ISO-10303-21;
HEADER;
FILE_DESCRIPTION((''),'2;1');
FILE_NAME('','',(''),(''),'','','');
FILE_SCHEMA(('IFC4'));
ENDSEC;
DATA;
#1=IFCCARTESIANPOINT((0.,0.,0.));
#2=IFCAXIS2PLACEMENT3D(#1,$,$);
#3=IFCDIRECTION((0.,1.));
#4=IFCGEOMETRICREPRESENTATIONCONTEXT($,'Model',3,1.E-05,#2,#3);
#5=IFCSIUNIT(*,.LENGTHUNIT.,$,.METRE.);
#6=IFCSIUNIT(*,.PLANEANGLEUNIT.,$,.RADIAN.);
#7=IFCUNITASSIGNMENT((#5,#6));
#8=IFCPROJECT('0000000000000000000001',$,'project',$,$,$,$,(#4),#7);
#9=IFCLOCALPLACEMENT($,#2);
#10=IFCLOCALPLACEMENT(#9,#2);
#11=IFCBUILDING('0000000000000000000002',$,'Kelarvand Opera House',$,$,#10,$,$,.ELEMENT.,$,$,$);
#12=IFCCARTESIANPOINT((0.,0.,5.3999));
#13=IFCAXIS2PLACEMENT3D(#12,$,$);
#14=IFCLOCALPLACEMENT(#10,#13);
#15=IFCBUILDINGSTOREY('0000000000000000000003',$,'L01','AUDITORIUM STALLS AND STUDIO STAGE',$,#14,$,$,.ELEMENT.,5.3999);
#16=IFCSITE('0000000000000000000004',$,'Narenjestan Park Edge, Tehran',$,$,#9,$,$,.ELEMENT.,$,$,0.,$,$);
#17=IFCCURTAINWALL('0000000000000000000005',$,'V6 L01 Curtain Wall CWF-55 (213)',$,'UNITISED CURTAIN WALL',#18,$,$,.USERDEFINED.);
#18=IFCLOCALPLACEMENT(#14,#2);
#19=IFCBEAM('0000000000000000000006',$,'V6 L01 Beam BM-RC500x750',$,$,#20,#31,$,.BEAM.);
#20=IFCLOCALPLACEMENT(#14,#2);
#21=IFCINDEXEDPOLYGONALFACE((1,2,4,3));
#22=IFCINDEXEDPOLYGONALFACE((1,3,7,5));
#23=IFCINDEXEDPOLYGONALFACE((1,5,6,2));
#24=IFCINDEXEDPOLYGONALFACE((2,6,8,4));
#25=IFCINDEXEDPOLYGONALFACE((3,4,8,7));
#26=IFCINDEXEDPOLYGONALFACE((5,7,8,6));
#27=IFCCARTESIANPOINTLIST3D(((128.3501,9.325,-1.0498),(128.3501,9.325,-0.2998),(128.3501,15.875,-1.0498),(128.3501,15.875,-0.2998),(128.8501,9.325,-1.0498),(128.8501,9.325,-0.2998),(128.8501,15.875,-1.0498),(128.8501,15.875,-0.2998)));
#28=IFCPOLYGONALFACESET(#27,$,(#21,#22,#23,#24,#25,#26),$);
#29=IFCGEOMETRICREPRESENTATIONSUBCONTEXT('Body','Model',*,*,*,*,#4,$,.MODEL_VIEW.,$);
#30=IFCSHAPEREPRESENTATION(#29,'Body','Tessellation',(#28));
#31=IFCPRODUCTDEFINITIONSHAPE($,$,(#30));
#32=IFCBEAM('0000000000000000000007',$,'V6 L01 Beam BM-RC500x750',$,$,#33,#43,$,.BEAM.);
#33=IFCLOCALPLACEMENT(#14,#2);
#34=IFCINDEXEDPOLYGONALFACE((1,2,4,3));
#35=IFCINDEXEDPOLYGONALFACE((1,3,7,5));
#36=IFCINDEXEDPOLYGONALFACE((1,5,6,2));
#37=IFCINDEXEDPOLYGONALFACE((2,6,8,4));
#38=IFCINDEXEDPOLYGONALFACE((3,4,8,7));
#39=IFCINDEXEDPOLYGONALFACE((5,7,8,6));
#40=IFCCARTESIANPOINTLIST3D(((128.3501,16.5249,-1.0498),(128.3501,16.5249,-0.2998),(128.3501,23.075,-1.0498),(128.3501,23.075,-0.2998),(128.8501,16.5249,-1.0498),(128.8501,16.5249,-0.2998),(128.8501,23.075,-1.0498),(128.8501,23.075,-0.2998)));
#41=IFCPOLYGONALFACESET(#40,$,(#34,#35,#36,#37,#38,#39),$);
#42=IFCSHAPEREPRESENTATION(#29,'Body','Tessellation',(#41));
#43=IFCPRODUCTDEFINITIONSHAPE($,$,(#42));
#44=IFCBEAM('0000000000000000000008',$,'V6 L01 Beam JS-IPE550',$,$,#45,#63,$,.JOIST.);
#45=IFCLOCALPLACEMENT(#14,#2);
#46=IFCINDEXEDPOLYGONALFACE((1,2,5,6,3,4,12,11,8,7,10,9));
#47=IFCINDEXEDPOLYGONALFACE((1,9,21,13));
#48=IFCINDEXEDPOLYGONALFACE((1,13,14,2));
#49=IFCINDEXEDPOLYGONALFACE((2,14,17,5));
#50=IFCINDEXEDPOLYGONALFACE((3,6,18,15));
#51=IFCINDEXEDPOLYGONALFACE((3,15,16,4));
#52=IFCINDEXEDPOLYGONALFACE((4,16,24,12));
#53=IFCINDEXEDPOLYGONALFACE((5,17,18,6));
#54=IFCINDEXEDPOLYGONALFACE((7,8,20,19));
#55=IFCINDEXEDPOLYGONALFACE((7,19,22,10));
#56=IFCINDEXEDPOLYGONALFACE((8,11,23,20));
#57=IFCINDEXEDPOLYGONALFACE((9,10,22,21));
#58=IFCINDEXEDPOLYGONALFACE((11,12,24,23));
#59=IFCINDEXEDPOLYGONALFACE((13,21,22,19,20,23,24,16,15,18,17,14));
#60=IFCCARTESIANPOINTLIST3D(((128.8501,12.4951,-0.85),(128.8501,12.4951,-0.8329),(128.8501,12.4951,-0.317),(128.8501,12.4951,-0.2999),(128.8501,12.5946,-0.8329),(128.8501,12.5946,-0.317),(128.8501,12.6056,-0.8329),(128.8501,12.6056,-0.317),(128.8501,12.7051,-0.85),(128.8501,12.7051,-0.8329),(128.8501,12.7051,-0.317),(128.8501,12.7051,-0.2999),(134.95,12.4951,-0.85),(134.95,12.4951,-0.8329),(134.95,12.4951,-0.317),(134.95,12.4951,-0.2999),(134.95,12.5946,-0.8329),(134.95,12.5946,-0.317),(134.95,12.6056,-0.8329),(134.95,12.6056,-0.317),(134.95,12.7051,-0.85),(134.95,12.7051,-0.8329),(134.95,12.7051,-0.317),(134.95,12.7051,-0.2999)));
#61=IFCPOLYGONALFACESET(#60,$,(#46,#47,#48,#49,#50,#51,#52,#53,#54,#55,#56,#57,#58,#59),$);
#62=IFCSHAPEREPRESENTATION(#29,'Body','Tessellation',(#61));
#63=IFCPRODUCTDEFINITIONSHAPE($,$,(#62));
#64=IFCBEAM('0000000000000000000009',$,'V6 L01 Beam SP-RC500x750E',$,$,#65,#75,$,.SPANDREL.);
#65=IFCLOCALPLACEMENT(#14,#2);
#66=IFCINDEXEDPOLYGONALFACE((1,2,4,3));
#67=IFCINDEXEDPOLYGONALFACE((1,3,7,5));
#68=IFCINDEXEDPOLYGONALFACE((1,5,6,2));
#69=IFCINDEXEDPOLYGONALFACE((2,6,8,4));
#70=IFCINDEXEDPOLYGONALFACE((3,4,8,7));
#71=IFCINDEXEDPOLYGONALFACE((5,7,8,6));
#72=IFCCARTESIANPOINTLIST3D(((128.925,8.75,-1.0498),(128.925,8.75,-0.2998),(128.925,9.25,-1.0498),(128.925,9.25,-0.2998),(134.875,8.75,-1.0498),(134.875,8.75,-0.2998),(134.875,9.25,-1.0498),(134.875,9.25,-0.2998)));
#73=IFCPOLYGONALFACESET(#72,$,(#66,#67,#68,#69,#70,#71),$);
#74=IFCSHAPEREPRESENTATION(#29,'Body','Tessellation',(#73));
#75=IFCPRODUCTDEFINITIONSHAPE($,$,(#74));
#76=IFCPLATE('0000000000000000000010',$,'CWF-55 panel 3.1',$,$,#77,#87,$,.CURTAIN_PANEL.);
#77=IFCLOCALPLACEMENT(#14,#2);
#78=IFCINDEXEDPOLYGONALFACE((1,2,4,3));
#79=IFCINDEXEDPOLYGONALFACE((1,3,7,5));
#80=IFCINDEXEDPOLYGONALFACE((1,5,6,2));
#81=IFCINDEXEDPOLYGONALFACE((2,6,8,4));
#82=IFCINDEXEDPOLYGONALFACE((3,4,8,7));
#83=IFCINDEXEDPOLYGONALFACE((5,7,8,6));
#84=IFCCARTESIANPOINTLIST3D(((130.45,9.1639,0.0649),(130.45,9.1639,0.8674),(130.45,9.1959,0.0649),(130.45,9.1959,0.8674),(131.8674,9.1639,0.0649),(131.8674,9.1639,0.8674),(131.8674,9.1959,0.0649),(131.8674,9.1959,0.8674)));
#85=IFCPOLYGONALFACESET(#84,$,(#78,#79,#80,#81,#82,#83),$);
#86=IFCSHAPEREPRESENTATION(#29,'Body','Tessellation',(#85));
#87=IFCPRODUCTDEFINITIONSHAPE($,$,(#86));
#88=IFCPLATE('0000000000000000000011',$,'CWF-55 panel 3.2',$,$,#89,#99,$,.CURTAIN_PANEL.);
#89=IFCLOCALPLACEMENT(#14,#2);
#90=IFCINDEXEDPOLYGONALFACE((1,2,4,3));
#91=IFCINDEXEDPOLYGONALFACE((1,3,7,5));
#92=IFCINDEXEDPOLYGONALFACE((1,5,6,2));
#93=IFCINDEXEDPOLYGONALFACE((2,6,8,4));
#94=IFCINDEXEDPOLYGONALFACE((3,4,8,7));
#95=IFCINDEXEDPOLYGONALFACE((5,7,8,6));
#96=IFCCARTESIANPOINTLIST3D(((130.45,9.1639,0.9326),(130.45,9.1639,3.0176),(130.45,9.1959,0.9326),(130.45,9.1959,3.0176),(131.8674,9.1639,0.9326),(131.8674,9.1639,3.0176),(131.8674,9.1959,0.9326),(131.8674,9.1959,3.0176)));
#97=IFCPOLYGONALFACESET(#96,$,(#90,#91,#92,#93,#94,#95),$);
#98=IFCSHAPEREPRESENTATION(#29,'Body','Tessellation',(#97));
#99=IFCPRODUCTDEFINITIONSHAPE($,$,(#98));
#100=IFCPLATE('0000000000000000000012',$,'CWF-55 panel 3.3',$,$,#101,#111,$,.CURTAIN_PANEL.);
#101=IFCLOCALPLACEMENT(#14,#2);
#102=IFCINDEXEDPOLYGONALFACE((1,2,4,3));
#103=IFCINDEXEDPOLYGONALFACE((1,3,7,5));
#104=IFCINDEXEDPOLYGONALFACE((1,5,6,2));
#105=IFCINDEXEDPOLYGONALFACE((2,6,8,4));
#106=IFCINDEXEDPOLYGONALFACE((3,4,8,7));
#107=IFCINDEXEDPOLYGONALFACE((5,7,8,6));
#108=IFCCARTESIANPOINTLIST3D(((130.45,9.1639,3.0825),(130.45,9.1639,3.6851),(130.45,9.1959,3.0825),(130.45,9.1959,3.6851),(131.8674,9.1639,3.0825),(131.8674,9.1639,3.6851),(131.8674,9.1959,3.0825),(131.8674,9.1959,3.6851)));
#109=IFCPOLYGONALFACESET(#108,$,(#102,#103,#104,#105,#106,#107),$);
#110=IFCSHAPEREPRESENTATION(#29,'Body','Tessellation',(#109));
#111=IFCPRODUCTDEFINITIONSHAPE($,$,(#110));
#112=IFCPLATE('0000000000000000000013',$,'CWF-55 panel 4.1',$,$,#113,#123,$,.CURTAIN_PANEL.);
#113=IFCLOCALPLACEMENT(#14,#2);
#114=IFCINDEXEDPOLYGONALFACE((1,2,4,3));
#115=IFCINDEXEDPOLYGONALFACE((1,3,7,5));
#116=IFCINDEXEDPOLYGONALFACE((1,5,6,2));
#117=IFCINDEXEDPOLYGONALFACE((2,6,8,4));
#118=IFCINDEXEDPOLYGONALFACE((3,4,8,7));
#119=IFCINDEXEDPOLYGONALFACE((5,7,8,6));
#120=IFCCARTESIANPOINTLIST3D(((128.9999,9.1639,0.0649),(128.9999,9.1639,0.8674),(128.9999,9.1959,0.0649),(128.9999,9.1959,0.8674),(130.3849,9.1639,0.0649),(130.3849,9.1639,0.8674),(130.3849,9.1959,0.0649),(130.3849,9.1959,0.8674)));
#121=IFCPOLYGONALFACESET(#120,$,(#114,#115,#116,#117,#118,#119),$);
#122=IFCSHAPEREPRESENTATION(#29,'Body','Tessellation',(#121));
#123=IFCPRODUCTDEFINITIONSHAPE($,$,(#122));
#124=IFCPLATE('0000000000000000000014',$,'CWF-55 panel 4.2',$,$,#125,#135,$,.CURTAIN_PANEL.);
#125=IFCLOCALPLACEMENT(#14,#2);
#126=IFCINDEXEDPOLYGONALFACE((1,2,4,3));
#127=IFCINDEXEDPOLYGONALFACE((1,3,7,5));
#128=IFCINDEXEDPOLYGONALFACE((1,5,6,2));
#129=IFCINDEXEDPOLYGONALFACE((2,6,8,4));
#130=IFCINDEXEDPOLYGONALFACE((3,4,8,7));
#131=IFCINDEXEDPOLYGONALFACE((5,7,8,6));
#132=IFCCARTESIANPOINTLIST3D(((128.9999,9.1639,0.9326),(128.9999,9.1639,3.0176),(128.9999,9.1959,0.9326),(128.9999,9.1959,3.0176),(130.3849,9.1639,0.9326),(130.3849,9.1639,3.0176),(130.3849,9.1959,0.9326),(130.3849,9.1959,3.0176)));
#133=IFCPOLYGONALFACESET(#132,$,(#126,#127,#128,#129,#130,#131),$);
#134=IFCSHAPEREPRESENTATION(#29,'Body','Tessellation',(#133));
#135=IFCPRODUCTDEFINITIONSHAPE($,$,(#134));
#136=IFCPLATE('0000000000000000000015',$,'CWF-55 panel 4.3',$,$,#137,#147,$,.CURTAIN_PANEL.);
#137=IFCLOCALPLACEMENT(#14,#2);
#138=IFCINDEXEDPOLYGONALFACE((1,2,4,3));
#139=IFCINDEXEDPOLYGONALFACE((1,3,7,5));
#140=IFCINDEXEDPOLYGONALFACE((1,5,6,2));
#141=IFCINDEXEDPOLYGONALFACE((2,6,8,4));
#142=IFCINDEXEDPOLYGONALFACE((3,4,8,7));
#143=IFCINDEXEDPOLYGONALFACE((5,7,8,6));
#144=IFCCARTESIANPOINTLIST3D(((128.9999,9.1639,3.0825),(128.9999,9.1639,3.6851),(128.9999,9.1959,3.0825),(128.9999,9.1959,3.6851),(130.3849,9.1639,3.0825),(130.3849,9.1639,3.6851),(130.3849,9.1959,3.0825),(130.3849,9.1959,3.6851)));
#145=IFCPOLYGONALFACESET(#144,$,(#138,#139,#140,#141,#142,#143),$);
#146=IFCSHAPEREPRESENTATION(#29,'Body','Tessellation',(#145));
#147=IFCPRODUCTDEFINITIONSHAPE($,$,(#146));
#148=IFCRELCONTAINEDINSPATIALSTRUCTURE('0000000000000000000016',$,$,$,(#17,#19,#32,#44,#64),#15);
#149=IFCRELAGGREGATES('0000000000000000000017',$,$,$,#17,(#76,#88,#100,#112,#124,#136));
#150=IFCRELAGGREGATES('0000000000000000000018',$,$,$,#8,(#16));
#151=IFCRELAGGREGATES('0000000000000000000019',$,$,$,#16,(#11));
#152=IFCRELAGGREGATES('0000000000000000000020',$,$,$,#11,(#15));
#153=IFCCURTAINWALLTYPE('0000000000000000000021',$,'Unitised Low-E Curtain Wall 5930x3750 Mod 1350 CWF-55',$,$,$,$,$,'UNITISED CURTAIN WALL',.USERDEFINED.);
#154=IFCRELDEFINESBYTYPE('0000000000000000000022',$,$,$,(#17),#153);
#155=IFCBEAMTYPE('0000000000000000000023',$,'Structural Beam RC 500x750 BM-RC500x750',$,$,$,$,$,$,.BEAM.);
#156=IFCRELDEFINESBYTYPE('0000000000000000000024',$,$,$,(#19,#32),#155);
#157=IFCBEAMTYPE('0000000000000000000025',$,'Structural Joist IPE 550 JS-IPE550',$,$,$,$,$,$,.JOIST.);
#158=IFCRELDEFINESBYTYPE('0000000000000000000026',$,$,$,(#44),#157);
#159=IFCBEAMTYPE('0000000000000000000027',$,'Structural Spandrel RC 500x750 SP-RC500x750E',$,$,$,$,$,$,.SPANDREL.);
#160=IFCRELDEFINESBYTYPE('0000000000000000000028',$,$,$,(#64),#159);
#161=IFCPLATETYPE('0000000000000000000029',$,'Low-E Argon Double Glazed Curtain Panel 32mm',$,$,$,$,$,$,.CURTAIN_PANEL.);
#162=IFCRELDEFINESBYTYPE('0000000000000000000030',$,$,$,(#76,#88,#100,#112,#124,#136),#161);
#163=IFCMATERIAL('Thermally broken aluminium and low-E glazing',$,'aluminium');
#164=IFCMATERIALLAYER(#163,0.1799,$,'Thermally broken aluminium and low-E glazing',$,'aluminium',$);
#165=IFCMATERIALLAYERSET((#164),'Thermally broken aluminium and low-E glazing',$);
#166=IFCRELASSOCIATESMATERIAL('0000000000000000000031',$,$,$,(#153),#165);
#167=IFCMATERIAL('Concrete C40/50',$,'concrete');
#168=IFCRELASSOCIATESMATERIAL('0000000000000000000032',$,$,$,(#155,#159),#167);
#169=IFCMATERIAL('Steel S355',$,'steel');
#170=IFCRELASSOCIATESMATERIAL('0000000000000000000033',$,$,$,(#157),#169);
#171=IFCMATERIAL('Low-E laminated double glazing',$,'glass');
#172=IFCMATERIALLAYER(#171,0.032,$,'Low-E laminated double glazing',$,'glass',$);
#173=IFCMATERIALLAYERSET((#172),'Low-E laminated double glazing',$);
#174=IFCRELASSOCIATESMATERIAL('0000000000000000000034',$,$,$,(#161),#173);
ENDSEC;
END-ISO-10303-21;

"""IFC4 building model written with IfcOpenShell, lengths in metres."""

from ifc_helpers import new_model, si_unit, direction, frame, origin, origin_2d, place, context, subcontext, project, spatial, rectangle, i_section, extrude, material, layer, layer_set, material_profile, profile_set, type_object, element, aggregate, save


model = new_model("IFC4")

# Units and contexts
model_context = context("Model", 3, precision=1e-05, world=origin(), true_north=direction((0.0, 1.0)))
body_context = subcontext(model_context, "Body", "Model", "MODEL_VIEW")
ifc_project = project(units=[si_unit("LENGTHUNIT", "METRE"), si_unit("PLANEANGLEUNIT", "RADIAN")], contexts=[model_context])

# Site, building, storey
site_placement = place(None, origin())
site = spatial("IfcSite", under=ifc_project, at=site_placement, Name="Narenjestan Park Edge, Tehran", CompositionType="ELEMENT", RefElevation=0.0)
building_placement = place(site_placement, origin())
building = spatial("IfcBuilding", under=site, at=building_placement, Name="Kelarvand Opera House", CompositionType="ELEMENT")
storey_placement = place(building_placement, frame((0.0, 0.0, 5.3999)))
storey = spatial("IfcBuildingStorey", under=building, at=storey_placement, Name="L01", Description="AUDITORIUM STALLS AND STUDIO STAGE", CompositionType="ELEMENT", Elevation=5.3999)

# Shared definitions
ifc_material_1 = material(Name="Concrete C40/50", Category="concrete")

# Curtain wall
ifc_material_2 = material(Name="Thermally broken aluminium and low-E glazing", Category="aluminium")
ifc_layer_1 = layer(ifc_material_2, 0.1799, Name="Thermally broken aluminium and low-E glazing", Category="aluminium")
ifc_layer_set_1 = layer_set([ifc_layer_1], Name="Thermally broken aluminium and low-E glazing")
curtain_wall_type = type_object("IfcCurtainWallType", Name="Unitised Low-E Curtain Wall 5930x3750 Mod 1350 CWF-55", ElementType="UNITISED CURTAIN WALL", PredefinedType="USERDEFINED", material=ifc_layer_set_1)
curtain_wall_placement = place(storey_placement, origin())
curtain_wall = element("IfcCurtainWall", 1, at=curtain_wall_placement, inside=storey, type_object=curtain_wall_type, Name="V6 L01 Curtain Wall CWF-55 (213)", ObjectType="UNITISED CURTAIN WALL", PredefinedType="USERDEFINED")

# Beams
ifc_material_profile_1 = material_profile(ifc_material_1, rectangle(XDim=0.5, YDim=0.75, at=origin_2d()), Name="RC 500x750", Category="concrete")
ifc_profile_set_1 = profile_set([ifc_material_profile_1], Name="Concrete C40/50")
beam_type_1 = type_object("IfcBeamType", Name="Structural Beam RC 500x750 BM-RC500x750", PredefinedType="BEAM", material=ifc_profile_set_1)
for number, where, z_axis, x_axis, name in (
    (2, (128.6001, 9.325, -0.6748), (0.0, 1.0, 0.0), (-1.0, 0.0, 0.0), "V6 L01 Beam BM-RC500x750"),
    (3, (128.6001, 16.5249, -0.6748), (0.0, 1.0, 0.0), (-1.0, 0.0, 0.0), "V6 L01 Beam BM-RC500x750"),
):
    element("IfcBeam", number, at=place(storey_placement, frame(where, z_axis=z_axis, x_axis=x_axis)), inside=storey, type_object=beam_type_1, Name=name, PredefinedType="BEAM", context=body_context, shape_type="SweptSolid", body=[
        extrude(rectangle(XDim=0.5, YDim=0.75, at=origin_2d()), origin(), (0.0, 0.0, 1.0), 6.55),
    ])
ifc_material_3 = material(Name="Steel S355", Category="steel")
ifc_material_profile_2 = material_profile(ifc_material_3, i_section(OverallWidth=0.21, OverallDepth=0.55, WebThickness=0.011, FlangeThickness=0.0171, at=origin_2d()), Name="IPE 550", Category="steel")
ifc_profile_set_2 = profile_set([ifc_material_profile_2], Name="Steel S355")
beam_type_2 = type_object("IfcBeamType", Name="Structural Joist IPE 550 JS-IPE550", PredefinedType="JOIST", material=ifc_profile_set_2)
beam_1_placement = place(storey_placement, frame((128.8501, 12.6001, -0.575), z_axis=(1.0, 0.0, 0.0), x_axis=(0.0, 1.0, 0.0)))
element("IfcBeam", 4, at=beam_1_placement, inside=storey, type_object=beam_type_2, Name="V6 L01 Beam JS-IPE550", PredefinedType="JOIST", context=body_context, shape_type="SweptSolid", body=[
    extrude(i_section(OverallWidth=0.21, OverallDepth=0.55, WebThickness=0.011, FlangeThickness=0.0171, at=origin_2d()), origin(), (0.0, 0.0, 1.0), 6.0999),
])
ifc_material_profile_3 = material_profile(ifc_material_1, rectangle(XDim=0.5, YDim=0.75, at=origin_2d()), Name="RC 500x750", Category="concrete")
ifc_profile_set_3 = profile_set([ifc_material_profile_3], Name="Concrete C40/50")
beam_type_3 = type_object("IfcBeamType", Name="Structural Spandrel RC 500x750 SP-RC500x750E", PredefinedType="SPANDREL", material=ifc_profile_set_3)
beam_2_placement = place(storey_placement, frame((128.925, 9.0, -0.6748), z_axis=(1.0, 0.0, 0.0), x_axis=(0.0, 1.0, 0.0)))
element("IfcBeam", 5, at=beam_2_placement, inside=storey, type_object=beam_type_3, Name="V6 L01 Beam SP-RC500x750E", PredefinedType="SPANDREL", context=body_context, shape_type="SweptSolid", body=[
    extrude(rectangle(XDim=0.5, YDim=0.75, at=origin_2d()), origin(), (0.0, 0.0, 1.0), 5.95),
])

# Plates
ifc_material_4 = material(Name="Low-E laminated double glazing", Category="glass")
ifc_layer_2 = layer(ifc_material_4, 0.032, Name="Low-E laminated double glazing", Category="glass")
ifc_layer_set_2 = layer_set([ifc_layer_2], Name="Low-E laminated double glazing")
plate_type = type_object("IfcPlateType", Name="Low-E Argon Double Glazed Curtain Panel 32mm", PredefinedType="CURTAIN_PANEL", material=ifc_layer_set_2)
plate_1_placement = place(storey_placement, frame((131.1587, 9.1799, 0.0649), z_axis=(0.0, 0.0, 1.0), x_axis=(-1.0, 0.0, 0.0)))
plate_1 = element("IfcPlate", 6, at=plate_1_placement, type_object=plate_type, Name="CWF-55 panel 3.1", PredefinedType="CURTAIN_PANEL", context=body_context, shape_type="SweptSolid", body=[
    extrude(rectangle(XDim=1.4175, YDim=0.032, at=origin_2d()), origin(), (0.0, 0.0, 1.0), 0.8025),
])
plate_2_placement = place(storey_placement, frame((131.1587, 9.1799, 0.9326), z_axis=(0.0, 0.0, 1.0), x_axis=(-1.0, 0.0, 0.0)))
plate_2 = element("IfcPlate", 7, at=plate_2_placement, type_object=plate_type, Name="CWF-55 panel 3.2", PredefinedType="CURTAIN_PANEL", context=body_context, shape_type="SweptSolid", body=[
    extrude(rectangle(XDim=1.4175, YDim=0.032, at=origin_2d()), origin(), (0.0, 0.0, 1.0), 2.085),
])
plate_3_placement = place(storey_placement, frame((131.1587, 9.1799, 3.0825), z_axis=(0.0, 0.0, 1.0), x_axis=(-1.0, 0.0, 0.0)))
plate_3 = element("IfcPlate", 8, at=plate_3_placement, type_object=plate_type, Name="CWF-55 panel 3.3", PredefinedType="CURTAIN_PANEL", context=body_context, shape_type="SweptSolid", body=[
    extrude(rectangle(XDim=1.4175, YDim=0.032, at=origin_2d()), origin(), (0.0, 0.0, 1.0), 0.6025),
])
plate_4_placement = place(storey_placement, frame((129.6924, 9.1799, 0.0649), z_axis=(0.0, 0.0, 1.0), x_axis=(-1.0, 0.0, 0.0)))
plate_4 = element("IfcPlate", 9, at=plate_4_placement, type_object=plate_type, Name="CWF-55 panel 4.1", PredefinedType="CURTAIN_PANEL", context=body_context, shape_type="SweptSolid", body=[
    extrude(rectangle(XDim=1.385, YDim=0.032, at=origin_2d()), origin(), (0.0, 0.0, 1.0), 0.8025),
])
plate_5_placement = place(storey_placement, frame((129.6924, 9.1799, 0.9326), z_axis=(0.0, 0.0, 1.0), x_axis=(-1.0, 0.0, 0.0)))
plate_5 = element("IfcPlate", 10, at=plate_5_placement, type_object=plate_type, Name="CWF-55 panel 4.2", PredefinedType="CURTAIN_PANEL", context=body_context, shape_type="SweptSolid", body=[
    extrude(rectangle(XDim=1.385, YDim=0.032, at=origin_2d()), origin(), (0.0, 0.0, 1.0), 2.085),
])
plate_6_placement = place(storey_placement, frame((129.6924, 9.1799, 3.0825), z_axis=(0.0, 0.0, 1.0), x_axis=(-1.0, 0.0, 0.0)))
plate_6 = element("IfcPlate", 11, at=plate_6_placement, type_object=plate_type, Name="CWF-55 panel 4.3", PredefinedType="CURTAIN_PANEL", context=body_context, shape_type="SweptSolid", body=[
    extrude(rectangle(XDim=1.385, YDim=0.032, at=origin_2d()), origin(), (0.0, 0.0, 1.0), 0.6025),
])
aggregate(curtain_wall, [plate_1, plate_2, plate_3, plate_4, plate_5, plate_6])

save(model, "model.ifc")
